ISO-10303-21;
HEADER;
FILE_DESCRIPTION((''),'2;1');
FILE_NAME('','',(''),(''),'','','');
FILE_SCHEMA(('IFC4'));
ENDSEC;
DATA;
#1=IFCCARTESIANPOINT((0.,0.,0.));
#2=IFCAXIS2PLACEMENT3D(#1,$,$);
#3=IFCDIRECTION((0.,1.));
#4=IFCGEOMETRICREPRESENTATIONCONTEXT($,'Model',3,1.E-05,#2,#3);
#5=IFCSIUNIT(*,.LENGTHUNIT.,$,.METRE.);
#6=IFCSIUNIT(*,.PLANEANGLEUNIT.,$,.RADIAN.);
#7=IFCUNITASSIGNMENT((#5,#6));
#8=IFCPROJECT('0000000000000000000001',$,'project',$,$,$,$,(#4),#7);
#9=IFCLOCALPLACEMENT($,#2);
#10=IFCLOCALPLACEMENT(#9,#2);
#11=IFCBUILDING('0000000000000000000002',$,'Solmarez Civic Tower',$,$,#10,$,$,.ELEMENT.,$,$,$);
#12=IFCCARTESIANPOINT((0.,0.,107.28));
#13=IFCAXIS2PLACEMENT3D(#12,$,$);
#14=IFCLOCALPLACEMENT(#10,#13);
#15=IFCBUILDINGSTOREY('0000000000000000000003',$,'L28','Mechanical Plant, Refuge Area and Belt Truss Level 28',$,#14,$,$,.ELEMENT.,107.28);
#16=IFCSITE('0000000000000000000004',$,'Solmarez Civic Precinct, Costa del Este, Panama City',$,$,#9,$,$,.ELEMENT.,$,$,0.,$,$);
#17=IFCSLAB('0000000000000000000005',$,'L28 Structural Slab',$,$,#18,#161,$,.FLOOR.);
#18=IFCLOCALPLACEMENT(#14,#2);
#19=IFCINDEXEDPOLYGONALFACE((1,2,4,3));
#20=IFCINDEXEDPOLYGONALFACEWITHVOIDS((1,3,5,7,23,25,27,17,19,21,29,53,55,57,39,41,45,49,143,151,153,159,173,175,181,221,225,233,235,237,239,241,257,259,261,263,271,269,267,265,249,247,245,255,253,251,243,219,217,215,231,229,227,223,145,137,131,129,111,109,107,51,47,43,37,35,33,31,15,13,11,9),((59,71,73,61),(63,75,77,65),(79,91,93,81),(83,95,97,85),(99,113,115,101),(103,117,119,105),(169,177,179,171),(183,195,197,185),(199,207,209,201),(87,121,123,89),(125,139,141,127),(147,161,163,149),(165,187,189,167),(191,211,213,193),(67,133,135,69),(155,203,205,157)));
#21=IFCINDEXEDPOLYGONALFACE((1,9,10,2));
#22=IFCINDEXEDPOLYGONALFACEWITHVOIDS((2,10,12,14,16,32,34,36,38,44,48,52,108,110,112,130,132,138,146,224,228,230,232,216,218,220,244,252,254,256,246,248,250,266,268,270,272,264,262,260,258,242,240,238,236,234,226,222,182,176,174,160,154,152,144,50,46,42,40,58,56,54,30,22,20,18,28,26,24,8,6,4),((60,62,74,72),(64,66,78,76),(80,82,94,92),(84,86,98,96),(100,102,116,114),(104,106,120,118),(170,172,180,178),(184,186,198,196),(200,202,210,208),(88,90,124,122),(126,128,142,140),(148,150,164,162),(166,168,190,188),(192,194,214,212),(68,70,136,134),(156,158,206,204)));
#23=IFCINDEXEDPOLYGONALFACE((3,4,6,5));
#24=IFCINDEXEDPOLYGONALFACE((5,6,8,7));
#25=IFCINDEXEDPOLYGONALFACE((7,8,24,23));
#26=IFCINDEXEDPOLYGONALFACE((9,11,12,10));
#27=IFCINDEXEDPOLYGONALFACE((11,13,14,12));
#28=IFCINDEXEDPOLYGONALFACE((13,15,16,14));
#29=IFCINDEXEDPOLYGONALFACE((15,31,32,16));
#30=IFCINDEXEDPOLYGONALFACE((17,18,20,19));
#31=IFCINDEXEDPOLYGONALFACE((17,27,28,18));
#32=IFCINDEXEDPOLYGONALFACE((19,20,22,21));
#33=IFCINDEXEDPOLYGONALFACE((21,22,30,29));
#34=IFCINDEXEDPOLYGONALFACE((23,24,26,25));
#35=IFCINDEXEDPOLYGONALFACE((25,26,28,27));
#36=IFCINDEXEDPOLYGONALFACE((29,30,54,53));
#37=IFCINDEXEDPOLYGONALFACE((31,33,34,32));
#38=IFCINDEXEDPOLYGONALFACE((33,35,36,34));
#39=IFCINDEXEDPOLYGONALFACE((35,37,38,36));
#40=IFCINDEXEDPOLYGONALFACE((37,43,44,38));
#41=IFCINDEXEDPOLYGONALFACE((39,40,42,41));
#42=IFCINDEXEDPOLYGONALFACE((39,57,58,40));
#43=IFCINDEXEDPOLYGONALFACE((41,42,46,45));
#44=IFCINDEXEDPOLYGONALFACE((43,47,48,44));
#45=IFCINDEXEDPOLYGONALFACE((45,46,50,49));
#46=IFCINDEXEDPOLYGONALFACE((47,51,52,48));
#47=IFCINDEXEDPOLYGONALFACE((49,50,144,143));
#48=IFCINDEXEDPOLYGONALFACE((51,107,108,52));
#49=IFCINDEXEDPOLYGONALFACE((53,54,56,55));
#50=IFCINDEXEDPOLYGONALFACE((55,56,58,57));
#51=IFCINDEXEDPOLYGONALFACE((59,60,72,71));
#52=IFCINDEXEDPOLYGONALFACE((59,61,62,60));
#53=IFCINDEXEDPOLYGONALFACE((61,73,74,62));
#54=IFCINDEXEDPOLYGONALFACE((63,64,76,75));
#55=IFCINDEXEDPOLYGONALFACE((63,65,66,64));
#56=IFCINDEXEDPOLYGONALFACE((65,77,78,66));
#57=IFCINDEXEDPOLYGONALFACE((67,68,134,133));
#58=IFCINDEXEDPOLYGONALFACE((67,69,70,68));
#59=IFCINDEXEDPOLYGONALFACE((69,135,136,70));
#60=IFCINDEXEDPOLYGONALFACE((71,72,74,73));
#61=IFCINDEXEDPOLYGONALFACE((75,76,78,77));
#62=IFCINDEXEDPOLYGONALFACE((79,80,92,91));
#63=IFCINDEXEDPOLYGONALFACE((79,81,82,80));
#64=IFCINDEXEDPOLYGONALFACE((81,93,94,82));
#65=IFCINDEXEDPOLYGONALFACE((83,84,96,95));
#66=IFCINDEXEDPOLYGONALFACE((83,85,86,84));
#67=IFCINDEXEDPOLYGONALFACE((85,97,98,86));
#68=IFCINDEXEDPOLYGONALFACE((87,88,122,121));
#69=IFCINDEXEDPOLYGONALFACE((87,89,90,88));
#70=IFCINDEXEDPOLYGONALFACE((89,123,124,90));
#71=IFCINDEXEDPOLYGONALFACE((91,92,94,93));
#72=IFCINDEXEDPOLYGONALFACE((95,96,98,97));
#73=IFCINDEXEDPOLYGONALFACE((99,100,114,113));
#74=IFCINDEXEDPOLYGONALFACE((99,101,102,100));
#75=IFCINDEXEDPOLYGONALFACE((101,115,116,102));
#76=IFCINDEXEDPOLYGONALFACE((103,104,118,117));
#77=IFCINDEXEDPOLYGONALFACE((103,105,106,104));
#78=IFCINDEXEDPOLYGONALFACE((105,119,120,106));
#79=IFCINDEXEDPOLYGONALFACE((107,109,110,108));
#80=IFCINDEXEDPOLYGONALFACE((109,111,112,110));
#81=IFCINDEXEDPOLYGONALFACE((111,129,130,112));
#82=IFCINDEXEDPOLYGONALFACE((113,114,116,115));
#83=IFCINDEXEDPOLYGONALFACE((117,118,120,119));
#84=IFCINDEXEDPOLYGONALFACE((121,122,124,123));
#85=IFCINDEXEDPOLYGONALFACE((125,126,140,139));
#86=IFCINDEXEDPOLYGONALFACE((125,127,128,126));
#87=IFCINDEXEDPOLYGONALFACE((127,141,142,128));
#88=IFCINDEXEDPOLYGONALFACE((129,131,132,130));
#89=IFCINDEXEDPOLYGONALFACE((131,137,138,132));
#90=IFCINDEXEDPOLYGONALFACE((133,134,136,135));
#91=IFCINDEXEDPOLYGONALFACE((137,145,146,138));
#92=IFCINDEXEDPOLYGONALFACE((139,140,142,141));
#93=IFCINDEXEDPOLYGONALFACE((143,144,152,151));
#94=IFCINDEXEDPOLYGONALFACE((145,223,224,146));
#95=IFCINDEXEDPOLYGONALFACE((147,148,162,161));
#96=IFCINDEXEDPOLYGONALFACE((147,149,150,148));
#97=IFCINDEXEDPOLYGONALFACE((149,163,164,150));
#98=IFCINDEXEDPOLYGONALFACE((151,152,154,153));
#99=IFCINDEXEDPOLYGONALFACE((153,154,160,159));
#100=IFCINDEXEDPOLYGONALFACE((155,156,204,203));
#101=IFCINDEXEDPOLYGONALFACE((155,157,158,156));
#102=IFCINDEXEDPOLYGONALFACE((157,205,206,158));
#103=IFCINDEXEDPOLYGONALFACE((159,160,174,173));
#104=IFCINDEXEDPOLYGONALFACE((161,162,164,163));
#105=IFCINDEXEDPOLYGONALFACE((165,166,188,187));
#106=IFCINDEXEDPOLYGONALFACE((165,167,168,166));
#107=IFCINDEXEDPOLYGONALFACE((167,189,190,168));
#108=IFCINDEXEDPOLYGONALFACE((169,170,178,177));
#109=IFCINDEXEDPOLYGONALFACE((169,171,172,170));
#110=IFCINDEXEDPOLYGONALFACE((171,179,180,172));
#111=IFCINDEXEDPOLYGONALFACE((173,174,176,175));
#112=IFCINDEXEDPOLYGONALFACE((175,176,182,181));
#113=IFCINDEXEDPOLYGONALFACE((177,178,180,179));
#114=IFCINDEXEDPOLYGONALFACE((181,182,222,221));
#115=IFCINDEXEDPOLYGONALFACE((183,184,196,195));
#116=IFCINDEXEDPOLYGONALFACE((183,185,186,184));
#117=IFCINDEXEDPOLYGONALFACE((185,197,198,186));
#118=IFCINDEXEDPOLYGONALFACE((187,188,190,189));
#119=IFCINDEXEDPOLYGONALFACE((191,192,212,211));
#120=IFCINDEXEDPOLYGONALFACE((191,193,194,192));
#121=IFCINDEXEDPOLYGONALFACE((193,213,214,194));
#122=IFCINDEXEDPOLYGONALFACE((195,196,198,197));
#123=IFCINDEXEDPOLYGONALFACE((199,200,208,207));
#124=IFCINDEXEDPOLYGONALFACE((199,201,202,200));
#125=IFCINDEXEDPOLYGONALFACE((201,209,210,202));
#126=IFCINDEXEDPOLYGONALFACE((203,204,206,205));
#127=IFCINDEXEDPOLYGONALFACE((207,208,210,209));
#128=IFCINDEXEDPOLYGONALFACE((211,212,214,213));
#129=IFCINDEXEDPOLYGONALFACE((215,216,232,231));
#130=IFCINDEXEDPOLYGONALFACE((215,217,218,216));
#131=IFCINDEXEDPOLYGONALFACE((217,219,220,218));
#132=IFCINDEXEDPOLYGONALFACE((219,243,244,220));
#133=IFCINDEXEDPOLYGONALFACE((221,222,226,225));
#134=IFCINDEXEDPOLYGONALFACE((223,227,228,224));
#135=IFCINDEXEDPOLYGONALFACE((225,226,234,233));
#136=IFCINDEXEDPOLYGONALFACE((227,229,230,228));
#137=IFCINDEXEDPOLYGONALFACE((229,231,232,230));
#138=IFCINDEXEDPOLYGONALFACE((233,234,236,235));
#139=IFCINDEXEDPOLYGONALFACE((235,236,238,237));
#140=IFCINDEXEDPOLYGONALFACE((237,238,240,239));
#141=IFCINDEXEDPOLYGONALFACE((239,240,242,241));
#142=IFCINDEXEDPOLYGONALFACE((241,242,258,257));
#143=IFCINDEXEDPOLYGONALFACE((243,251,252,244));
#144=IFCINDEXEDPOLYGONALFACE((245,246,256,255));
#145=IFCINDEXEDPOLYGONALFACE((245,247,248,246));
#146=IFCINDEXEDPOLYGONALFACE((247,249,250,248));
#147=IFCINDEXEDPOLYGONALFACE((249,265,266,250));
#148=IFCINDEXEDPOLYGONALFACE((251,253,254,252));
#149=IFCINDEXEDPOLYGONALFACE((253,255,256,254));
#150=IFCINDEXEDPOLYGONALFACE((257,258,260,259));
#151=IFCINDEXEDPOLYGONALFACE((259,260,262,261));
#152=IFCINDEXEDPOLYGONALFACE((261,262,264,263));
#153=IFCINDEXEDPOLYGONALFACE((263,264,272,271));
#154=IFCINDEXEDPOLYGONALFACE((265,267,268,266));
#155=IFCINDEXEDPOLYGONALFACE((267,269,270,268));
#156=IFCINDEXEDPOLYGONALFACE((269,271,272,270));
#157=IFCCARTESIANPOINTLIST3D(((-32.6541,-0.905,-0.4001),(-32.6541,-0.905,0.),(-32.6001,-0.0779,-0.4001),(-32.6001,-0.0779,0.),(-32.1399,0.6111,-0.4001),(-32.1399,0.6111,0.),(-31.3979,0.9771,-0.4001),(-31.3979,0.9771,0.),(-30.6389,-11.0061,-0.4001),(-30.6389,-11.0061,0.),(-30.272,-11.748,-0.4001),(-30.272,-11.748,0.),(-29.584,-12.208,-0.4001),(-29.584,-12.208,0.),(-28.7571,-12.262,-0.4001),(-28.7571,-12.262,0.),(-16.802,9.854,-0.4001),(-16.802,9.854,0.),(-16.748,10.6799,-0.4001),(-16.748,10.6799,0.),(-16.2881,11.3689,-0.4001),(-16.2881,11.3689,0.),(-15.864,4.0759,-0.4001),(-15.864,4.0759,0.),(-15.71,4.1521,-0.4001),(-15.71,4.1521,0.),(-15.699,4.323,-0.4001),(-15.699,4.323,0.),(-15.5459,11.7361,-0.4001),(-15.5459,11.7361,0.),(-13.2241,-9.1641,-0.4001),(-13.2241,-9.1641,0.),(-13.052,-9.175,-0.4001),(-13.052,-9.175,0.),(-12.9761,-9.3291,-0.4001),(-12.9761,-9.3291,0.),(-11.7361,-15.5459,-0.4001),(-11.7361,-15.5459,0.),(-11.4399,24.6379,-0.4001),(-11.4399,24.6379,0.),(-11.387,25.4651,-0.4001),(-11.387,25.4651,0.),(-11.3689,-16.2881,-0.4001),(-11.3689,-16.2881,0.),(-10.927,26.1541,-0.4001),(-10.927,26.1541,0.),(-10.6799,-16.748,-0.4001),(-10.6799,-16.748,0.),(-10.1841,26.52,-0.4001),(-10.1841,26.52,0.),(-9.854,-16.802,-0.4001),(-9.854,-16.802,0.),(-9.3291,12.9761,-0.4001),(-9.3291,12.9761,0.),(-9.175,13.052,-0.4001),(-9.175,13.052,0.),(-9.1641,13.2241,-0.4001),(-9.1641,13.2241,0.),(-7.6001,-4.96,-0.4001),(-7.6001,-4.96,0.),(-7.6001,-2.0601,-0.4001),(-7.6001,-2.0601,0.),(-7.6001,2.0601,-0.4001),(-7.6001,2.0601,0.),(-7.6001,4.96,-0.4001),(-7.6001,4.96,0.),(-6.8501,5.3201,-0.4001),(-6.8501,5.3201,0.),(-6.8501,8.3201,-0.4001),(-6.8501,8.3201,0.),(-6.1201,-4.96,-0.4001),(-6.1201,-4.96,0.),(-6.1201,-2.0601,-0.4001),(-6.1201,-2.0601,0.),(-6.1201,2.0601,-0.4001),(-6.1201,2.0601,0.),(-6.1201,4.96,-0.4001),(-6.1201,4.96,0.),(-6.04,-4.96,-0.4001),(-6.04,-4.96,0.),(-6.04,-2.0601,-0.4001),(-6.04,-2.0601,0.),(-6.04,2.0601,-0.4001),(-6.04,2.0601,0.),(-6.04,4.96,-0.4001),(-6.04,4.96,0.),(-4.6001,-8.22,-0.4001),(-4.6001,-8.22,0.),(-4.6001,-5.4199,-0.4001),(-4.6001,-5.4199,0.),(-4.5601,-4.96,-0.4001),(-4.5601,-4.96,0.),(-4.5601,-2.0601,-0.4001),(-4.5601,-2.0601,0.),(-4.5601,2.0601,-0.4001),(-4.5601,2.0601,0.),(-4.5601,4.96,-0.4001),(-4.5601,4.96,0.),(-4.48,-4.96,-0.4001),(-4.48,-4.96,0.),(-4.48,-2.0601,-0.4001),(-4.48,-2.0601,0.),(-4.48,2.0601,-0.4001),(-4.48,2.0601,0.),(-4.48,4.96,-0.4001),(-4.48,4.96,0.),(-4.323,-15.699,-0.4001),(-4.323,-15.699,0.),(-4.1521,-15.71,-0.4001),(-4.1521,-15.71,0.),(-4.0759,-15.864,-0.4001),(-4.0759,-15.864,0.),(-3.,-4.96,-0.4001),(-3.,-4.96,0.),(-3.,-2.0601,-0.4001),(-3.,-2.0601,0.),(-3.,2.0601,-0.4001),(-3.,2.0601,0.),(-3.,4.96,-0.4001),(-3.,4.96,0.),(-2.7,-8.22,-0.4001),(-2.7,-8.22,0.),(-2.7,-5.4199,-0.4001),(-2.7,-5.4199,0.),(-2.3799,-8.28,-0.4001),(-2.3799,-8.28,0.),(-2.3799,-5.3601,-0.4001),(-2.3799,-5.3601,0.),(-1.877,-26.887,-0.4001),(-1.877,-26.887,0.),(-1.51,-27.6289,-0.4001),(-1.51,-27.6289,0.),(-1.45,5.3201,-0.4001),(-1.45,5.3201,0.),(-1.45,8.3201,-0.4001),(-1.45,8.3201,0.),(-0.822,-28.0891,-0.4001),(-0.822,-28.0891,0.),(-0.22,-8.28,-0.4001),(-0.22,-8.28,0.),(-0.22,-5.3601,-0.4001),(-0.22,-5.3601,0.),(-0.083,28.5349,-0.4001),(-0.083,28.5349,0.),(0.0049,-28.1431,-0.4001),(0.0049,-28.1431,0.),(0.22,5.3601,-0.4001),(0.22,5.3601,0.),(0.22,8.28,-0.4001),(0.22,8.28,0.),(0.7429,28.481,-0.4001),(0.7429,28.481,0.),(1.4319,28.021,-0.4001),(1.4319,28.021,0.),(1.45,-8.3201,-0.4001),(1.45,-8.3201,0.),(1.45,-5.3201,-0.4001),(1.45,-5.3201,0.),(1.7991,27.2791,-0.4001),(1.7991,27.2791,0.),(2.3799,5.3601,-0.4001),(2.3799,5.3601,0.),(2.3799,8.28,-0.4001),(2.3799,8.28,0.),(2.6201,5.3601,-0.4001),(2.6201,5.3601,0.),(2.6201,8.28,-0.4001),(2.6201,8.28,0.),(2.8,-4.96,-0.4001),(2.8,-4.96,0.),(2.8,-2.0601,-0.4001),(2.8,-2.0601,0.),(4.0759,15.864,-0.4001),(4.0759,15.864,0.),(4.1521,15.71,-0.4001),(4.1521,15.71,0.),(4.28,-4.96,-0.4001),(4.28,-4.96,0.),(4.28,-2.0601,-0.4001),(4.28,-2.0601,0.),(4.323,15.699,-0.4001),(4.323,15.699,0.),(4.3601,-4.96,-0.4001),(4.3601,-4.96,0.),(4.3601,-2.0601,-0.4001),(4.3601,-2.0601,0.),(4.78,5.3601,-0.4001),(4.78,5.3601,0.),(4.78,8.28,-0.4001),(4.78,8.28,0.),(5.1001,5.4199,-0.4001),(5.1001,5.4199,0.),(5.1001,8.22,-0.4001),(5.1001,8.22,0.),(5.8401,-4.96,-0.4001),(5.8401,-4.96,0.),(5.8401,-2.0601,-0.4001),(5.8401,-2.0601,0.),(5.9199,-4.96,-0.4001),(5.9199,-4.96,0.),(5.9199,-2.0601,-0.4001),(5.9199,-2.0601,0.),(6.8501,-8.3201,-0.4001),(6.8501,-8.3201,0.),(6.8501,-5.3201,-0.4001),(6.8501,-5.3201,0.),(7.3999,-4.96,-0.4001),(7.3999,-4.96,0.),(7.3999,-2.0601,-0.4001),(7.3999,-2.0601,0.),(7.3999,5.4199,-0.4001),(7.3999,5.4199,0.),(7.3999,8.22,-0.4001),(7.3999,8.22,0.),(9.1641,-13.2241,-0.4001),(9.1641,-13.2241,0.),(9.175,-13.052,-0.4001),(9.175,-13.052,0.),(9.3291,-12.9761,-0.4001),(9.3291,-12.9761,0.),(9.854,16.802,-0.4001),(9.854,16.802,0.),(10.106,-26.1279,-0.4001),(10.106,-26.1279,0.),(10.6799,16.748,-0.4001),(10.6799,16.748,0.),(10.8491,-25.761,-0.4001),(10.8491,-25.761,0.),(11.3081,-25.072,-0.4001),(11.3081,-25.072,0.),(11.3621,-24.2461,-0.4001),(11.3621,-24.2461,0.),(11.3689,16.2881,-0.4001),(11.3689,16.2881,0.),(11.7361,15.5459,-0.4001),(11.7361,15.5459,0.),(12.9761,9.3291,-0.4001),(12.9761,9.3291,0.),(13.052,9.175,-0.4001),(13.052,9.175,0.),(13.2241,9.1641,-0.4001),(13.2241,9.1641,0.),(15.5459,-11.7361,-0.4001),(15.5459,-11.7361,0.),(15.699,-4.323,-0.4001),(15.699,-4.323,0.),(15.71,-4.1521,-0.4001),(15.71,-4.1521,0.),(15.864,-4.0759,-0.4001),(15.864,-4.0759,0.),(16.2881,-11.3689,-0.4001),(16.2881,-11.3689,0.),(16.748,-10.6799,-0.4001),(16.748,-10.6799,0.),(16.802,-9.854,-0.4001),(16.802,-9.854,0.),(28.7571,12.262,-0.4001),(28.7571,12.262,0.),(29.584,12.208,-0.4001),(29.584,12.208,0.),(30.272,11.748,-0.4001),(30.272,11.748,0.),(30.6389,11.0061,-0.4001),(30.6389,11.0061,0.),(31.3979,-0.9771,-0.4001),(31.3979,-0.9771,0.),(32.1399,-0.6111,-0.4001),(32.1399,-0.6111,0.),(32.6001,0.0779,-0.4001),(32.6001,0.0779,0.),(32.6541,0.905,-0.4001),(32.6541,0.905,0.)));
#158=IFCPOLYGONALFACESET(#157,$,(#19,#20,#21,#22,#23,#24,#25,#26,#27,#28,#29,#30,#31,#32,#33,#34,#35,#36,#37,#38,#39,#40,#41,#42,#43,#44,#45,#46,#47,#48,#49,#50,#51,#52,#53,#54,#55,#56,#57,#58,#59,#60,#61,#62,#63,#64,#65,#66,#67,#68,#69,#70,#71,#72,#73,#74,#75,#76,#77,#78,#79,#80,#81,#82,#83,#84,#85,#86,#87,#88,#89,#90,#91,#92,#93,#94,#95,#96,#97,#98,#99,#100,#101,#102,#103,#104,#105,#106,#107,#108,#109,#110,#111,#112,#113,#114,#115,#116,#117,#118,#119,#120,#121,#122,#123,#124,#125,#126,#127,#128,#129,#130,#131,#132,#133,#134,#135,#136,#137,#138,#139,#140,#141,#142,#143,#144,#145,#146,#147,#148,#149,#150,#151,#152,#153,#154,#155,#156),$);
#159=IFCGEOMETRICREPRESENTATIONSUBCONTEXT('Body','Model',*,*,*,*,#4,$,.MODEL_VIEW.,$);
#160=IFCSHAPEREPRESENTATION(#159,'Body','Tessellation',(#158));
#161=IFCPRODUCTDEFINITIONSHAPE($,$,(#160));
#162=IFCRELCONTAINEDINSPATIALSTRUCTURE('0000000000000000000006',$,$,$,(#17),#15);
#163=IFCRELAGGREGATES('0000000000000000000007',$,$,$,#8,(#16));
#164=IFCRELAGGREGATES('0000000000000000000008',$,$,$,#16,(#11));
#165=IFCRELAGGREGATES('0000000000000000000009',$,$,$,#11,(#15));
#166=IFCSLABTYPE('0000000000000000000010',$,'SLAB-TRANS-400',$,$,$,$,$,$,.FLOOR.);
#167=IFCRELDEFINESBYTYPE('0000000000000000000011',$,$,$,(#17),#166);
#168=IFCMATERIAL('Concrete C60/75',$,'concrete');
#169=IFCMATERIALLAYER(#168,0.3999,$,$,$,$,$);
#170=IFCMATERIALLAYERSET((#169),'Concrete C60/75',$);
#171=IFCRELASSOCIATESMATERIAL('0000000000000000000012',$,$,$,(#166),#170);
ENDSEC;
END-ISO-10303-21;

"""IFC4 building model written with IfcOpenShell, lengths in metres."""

from ifc_helpers import new_model, si_unit, direction, frame, origin, place, context, subcontext, project, spatial, polyline, outline, extrude, material, layer, layer_set, type_object, element, save


model = new_model("IFC4")

# Units and contexts
model_context = context("Model", 3, precision=1e-05, world=origin(), true_north=direction((0.0, 1.0)))
body_context = subcontext(model_context, "Body", "Model", "MODEL_VIEW")
ifc_project = project(units=[si_unit("LENGTHUNIT", "METRE"), si_unit("PLANEANGLEUNIT", "RADIAN")], contexts=[model_context])

# Site, building, storey
site_placement = place(None, origin())
site = spatial("IfcSite", under=ifc_project, at=site_placement, Name="Solmarez Civic Precinct, Costa del Este, Panama City", CompositionType="ELEMENT", RefElevation=0.0)
building_placement = place(site_placement, origin())
building = spatial("IfcBuilding", under=site, at=building_placement, Name="Solmarez Civic Tower", CompositionType="ELEMENT")
storey_placement = place(building_placement, frame((0.0, 0.0, 107.28)))
storey = spatial("IfcBuildingStorey", under=building, at=storey_placement, Name="L28", Description="Mechanical Plant, Refuge Area and Belt Truss Level 28", CompositionType="ELEMENT", Elevation=107.28)

# Shared definitions
ifc_material_1 = material(Name="Concrete C60/75", Category="concrete")

# Slab
ifc_layer_1 = layer(ifc_material_1, 0.3999)
ifc_layer_set_1 = layer_set([ifc_layer_1], Name="Concrete C60/75")
slab_type_1 = type_object("IfcSlabType", Name="SLAB-TRANS-400", PredefinedType="FLOOR", material=ifc_layer_set_1)
slab_1_placement = place(storey_placement, frame((0.0, 0.0, -0.4001)))
element("IfcSlab", 1, at=slab_1_placement, inside=storey, type_object=slab_type_1, Name="L28 Structural Slab", PredefinedType="FLOOR", context=body_context, shape_type="SweptSolid", body=[
    extrude(outline(polyline([(-12.9761, -9.3291), (-11.7361, -15.5459), (-11.3689, -16.2881), (-10.6799, -16.748), (-9.854, -16.802), (-4.323, -15.699), (-4.1521, -15.71), (-4.0759, -15.864), (-1.877, -26.887), (-1.51, -27.6289), (-0.822, -28.0891), (0.0049, -28.1431), (10.106, -26.1279), (10.8491, -25.761), (11.3081, -25.072), (11.3621, -24.2461), (9.1641, -13.2241), (9.175, -13.052), (9.3291, -12.9761), (15.5459, -11.7361), (16.2881, -11.3689), (16.748, -10.6799), (16.802, -9.854), (15.699, -4.323), (15.71, -4.1521), (15.864, -4.0759), (31.3979, -0.9771), (32.1399, -0.6111), (32.6001, 0.0779), (32.6541, 0.905), (30.6389, 11.0061), (30.272, 11.748), (29.584, 12.208), (28.7571, 12.262), (13.2241, 9.1641), (13.052, 9.175), (12.9761, 9.3291), (11.7361, 15.5459), (11.3689, 16.2881), (10.6799, 16.748), (9.854, 16.802), (4.323, 15.699), (4.1521, 15.71), (4.0759, 15.864), (1.7991, 27.2791), (1.4319, 28.021), (0.7429, 28.481), (-0.083, 28.5349), (-10.1841, 26.52), (-10.927, 26.1541), (-11.387, 25.4651), (-11.4399, 24.6379), (-9.1641, 13.2241), (-9.175, 13.052), (-9.3291, 12.9761), (-15.5459, 11.7361), (-16.2881, 11.3689), (-16.748, 10.6799), (-16.802, 9.854), (-15.699, 4.323), (-15.71, 4.1521), (-15.864, 4.0759), (-31.3979, 0.9771), (-32.1399, 0.6111), (-32.6001, -0.0779), (-32.6541, -0.905), (-30.6389, -11.0061), (-30.272, -11.748), (-29.584, -12.208), (-28.7571, -12.262), (-13.2241, -9.1641), (-13.052, -9.175), (-12.9761, -9.3291)]), holes=[polyline([(-1.45, 8.3201), (-6.8501, 8.3201), (-6.8501, 5.3201), (-1.45, 5.3201), (-1.45, 8.3201)]), polyline([(1.45, -8.3201), (6.8501, -8.3201), (6.8501, -5.3201), (1.45, -5.3201), (1.45, -8.3201)]), polyline([(0.22, 5.3601), (2.3799, 5.3601), (2.3799, 8.28), (0.22, 8.28), (0.22, 5.3601)]), polyline([(2.6201, 5.3601), (4.78, 5.3601), (4.78, 8.28), (2.6201, 8.28), (2.6201, 5.3601)]), polyline([(-2.3799, -8.28), (-0.22, -8.28), (-0.22, -5.3601), (-2.3799, -5.3601), (-2.3799, -8.28)]), polyline([(2.8, -4.96), (4.28, -4.96), (4.28, -2.0601), (2.8, -2.0601), (2.8, -4.96)]), polyline([(4.3601, -4.96), (5.8401, -4.96), (5.8401, -2.0601), (4.3601, -2.0601), (4.3601, -4.96)]), polyline([(5.9199, -4.96), (7.3999, -4.96), (7.3999, -2.0601), (5.9199, -2.0601), (5.9199, -4.96)]), polyline([(-7.6001, -4.96), (-6.1201, -4.96), (-6.1201, -2.0601), (-7.6001, -2.0601), (-7.6001, -4.96)]), polyline([(-6.04, -4.96), (-4.5601, -4.96), (-4.5601, -2.0601), (-6.04, -2.0601), (-6.04, -4.96)]), polyline([(-4.48, -4.96), (-3.0, -4.96), (-3.0, -2.0601), (-4.48, -2.0601), (-4.48, -4.96)]), polyline([(-7.6001, 2.0601), (-6.1201, 2.0601), (-6.1201, 4.96), (-7.6001, 4.96), (-7.6001, 2.0601)]), polyline([(-6.04, 2.0601), (-4.5601, 2.0601), (-4.5601, 4.96), (-6.04, 4.96), (-6.04, 2.0601)]), polyline([(-4.48, 2.0601), (-3.0, 2.0601), (-3.0, 4.96), (-4.48, 4.96), (-4.48, 2.0601)]), polyline([(5.1001, 5.4199), (7.3999, 5.4199), (7.3999, 8.22), (5.1001, 8.22), (5.1001, 5.4199)]), polyline([(-4.6001, -8.22), (-2.7, -8.22), (-2.7, -5.4199), (-4.6001, -5.4199), (-4.6001, -8.22)])]), origin(), (0.0, 0.0, 1.0), 0.4001),
])

save(model, "model.ifc")
